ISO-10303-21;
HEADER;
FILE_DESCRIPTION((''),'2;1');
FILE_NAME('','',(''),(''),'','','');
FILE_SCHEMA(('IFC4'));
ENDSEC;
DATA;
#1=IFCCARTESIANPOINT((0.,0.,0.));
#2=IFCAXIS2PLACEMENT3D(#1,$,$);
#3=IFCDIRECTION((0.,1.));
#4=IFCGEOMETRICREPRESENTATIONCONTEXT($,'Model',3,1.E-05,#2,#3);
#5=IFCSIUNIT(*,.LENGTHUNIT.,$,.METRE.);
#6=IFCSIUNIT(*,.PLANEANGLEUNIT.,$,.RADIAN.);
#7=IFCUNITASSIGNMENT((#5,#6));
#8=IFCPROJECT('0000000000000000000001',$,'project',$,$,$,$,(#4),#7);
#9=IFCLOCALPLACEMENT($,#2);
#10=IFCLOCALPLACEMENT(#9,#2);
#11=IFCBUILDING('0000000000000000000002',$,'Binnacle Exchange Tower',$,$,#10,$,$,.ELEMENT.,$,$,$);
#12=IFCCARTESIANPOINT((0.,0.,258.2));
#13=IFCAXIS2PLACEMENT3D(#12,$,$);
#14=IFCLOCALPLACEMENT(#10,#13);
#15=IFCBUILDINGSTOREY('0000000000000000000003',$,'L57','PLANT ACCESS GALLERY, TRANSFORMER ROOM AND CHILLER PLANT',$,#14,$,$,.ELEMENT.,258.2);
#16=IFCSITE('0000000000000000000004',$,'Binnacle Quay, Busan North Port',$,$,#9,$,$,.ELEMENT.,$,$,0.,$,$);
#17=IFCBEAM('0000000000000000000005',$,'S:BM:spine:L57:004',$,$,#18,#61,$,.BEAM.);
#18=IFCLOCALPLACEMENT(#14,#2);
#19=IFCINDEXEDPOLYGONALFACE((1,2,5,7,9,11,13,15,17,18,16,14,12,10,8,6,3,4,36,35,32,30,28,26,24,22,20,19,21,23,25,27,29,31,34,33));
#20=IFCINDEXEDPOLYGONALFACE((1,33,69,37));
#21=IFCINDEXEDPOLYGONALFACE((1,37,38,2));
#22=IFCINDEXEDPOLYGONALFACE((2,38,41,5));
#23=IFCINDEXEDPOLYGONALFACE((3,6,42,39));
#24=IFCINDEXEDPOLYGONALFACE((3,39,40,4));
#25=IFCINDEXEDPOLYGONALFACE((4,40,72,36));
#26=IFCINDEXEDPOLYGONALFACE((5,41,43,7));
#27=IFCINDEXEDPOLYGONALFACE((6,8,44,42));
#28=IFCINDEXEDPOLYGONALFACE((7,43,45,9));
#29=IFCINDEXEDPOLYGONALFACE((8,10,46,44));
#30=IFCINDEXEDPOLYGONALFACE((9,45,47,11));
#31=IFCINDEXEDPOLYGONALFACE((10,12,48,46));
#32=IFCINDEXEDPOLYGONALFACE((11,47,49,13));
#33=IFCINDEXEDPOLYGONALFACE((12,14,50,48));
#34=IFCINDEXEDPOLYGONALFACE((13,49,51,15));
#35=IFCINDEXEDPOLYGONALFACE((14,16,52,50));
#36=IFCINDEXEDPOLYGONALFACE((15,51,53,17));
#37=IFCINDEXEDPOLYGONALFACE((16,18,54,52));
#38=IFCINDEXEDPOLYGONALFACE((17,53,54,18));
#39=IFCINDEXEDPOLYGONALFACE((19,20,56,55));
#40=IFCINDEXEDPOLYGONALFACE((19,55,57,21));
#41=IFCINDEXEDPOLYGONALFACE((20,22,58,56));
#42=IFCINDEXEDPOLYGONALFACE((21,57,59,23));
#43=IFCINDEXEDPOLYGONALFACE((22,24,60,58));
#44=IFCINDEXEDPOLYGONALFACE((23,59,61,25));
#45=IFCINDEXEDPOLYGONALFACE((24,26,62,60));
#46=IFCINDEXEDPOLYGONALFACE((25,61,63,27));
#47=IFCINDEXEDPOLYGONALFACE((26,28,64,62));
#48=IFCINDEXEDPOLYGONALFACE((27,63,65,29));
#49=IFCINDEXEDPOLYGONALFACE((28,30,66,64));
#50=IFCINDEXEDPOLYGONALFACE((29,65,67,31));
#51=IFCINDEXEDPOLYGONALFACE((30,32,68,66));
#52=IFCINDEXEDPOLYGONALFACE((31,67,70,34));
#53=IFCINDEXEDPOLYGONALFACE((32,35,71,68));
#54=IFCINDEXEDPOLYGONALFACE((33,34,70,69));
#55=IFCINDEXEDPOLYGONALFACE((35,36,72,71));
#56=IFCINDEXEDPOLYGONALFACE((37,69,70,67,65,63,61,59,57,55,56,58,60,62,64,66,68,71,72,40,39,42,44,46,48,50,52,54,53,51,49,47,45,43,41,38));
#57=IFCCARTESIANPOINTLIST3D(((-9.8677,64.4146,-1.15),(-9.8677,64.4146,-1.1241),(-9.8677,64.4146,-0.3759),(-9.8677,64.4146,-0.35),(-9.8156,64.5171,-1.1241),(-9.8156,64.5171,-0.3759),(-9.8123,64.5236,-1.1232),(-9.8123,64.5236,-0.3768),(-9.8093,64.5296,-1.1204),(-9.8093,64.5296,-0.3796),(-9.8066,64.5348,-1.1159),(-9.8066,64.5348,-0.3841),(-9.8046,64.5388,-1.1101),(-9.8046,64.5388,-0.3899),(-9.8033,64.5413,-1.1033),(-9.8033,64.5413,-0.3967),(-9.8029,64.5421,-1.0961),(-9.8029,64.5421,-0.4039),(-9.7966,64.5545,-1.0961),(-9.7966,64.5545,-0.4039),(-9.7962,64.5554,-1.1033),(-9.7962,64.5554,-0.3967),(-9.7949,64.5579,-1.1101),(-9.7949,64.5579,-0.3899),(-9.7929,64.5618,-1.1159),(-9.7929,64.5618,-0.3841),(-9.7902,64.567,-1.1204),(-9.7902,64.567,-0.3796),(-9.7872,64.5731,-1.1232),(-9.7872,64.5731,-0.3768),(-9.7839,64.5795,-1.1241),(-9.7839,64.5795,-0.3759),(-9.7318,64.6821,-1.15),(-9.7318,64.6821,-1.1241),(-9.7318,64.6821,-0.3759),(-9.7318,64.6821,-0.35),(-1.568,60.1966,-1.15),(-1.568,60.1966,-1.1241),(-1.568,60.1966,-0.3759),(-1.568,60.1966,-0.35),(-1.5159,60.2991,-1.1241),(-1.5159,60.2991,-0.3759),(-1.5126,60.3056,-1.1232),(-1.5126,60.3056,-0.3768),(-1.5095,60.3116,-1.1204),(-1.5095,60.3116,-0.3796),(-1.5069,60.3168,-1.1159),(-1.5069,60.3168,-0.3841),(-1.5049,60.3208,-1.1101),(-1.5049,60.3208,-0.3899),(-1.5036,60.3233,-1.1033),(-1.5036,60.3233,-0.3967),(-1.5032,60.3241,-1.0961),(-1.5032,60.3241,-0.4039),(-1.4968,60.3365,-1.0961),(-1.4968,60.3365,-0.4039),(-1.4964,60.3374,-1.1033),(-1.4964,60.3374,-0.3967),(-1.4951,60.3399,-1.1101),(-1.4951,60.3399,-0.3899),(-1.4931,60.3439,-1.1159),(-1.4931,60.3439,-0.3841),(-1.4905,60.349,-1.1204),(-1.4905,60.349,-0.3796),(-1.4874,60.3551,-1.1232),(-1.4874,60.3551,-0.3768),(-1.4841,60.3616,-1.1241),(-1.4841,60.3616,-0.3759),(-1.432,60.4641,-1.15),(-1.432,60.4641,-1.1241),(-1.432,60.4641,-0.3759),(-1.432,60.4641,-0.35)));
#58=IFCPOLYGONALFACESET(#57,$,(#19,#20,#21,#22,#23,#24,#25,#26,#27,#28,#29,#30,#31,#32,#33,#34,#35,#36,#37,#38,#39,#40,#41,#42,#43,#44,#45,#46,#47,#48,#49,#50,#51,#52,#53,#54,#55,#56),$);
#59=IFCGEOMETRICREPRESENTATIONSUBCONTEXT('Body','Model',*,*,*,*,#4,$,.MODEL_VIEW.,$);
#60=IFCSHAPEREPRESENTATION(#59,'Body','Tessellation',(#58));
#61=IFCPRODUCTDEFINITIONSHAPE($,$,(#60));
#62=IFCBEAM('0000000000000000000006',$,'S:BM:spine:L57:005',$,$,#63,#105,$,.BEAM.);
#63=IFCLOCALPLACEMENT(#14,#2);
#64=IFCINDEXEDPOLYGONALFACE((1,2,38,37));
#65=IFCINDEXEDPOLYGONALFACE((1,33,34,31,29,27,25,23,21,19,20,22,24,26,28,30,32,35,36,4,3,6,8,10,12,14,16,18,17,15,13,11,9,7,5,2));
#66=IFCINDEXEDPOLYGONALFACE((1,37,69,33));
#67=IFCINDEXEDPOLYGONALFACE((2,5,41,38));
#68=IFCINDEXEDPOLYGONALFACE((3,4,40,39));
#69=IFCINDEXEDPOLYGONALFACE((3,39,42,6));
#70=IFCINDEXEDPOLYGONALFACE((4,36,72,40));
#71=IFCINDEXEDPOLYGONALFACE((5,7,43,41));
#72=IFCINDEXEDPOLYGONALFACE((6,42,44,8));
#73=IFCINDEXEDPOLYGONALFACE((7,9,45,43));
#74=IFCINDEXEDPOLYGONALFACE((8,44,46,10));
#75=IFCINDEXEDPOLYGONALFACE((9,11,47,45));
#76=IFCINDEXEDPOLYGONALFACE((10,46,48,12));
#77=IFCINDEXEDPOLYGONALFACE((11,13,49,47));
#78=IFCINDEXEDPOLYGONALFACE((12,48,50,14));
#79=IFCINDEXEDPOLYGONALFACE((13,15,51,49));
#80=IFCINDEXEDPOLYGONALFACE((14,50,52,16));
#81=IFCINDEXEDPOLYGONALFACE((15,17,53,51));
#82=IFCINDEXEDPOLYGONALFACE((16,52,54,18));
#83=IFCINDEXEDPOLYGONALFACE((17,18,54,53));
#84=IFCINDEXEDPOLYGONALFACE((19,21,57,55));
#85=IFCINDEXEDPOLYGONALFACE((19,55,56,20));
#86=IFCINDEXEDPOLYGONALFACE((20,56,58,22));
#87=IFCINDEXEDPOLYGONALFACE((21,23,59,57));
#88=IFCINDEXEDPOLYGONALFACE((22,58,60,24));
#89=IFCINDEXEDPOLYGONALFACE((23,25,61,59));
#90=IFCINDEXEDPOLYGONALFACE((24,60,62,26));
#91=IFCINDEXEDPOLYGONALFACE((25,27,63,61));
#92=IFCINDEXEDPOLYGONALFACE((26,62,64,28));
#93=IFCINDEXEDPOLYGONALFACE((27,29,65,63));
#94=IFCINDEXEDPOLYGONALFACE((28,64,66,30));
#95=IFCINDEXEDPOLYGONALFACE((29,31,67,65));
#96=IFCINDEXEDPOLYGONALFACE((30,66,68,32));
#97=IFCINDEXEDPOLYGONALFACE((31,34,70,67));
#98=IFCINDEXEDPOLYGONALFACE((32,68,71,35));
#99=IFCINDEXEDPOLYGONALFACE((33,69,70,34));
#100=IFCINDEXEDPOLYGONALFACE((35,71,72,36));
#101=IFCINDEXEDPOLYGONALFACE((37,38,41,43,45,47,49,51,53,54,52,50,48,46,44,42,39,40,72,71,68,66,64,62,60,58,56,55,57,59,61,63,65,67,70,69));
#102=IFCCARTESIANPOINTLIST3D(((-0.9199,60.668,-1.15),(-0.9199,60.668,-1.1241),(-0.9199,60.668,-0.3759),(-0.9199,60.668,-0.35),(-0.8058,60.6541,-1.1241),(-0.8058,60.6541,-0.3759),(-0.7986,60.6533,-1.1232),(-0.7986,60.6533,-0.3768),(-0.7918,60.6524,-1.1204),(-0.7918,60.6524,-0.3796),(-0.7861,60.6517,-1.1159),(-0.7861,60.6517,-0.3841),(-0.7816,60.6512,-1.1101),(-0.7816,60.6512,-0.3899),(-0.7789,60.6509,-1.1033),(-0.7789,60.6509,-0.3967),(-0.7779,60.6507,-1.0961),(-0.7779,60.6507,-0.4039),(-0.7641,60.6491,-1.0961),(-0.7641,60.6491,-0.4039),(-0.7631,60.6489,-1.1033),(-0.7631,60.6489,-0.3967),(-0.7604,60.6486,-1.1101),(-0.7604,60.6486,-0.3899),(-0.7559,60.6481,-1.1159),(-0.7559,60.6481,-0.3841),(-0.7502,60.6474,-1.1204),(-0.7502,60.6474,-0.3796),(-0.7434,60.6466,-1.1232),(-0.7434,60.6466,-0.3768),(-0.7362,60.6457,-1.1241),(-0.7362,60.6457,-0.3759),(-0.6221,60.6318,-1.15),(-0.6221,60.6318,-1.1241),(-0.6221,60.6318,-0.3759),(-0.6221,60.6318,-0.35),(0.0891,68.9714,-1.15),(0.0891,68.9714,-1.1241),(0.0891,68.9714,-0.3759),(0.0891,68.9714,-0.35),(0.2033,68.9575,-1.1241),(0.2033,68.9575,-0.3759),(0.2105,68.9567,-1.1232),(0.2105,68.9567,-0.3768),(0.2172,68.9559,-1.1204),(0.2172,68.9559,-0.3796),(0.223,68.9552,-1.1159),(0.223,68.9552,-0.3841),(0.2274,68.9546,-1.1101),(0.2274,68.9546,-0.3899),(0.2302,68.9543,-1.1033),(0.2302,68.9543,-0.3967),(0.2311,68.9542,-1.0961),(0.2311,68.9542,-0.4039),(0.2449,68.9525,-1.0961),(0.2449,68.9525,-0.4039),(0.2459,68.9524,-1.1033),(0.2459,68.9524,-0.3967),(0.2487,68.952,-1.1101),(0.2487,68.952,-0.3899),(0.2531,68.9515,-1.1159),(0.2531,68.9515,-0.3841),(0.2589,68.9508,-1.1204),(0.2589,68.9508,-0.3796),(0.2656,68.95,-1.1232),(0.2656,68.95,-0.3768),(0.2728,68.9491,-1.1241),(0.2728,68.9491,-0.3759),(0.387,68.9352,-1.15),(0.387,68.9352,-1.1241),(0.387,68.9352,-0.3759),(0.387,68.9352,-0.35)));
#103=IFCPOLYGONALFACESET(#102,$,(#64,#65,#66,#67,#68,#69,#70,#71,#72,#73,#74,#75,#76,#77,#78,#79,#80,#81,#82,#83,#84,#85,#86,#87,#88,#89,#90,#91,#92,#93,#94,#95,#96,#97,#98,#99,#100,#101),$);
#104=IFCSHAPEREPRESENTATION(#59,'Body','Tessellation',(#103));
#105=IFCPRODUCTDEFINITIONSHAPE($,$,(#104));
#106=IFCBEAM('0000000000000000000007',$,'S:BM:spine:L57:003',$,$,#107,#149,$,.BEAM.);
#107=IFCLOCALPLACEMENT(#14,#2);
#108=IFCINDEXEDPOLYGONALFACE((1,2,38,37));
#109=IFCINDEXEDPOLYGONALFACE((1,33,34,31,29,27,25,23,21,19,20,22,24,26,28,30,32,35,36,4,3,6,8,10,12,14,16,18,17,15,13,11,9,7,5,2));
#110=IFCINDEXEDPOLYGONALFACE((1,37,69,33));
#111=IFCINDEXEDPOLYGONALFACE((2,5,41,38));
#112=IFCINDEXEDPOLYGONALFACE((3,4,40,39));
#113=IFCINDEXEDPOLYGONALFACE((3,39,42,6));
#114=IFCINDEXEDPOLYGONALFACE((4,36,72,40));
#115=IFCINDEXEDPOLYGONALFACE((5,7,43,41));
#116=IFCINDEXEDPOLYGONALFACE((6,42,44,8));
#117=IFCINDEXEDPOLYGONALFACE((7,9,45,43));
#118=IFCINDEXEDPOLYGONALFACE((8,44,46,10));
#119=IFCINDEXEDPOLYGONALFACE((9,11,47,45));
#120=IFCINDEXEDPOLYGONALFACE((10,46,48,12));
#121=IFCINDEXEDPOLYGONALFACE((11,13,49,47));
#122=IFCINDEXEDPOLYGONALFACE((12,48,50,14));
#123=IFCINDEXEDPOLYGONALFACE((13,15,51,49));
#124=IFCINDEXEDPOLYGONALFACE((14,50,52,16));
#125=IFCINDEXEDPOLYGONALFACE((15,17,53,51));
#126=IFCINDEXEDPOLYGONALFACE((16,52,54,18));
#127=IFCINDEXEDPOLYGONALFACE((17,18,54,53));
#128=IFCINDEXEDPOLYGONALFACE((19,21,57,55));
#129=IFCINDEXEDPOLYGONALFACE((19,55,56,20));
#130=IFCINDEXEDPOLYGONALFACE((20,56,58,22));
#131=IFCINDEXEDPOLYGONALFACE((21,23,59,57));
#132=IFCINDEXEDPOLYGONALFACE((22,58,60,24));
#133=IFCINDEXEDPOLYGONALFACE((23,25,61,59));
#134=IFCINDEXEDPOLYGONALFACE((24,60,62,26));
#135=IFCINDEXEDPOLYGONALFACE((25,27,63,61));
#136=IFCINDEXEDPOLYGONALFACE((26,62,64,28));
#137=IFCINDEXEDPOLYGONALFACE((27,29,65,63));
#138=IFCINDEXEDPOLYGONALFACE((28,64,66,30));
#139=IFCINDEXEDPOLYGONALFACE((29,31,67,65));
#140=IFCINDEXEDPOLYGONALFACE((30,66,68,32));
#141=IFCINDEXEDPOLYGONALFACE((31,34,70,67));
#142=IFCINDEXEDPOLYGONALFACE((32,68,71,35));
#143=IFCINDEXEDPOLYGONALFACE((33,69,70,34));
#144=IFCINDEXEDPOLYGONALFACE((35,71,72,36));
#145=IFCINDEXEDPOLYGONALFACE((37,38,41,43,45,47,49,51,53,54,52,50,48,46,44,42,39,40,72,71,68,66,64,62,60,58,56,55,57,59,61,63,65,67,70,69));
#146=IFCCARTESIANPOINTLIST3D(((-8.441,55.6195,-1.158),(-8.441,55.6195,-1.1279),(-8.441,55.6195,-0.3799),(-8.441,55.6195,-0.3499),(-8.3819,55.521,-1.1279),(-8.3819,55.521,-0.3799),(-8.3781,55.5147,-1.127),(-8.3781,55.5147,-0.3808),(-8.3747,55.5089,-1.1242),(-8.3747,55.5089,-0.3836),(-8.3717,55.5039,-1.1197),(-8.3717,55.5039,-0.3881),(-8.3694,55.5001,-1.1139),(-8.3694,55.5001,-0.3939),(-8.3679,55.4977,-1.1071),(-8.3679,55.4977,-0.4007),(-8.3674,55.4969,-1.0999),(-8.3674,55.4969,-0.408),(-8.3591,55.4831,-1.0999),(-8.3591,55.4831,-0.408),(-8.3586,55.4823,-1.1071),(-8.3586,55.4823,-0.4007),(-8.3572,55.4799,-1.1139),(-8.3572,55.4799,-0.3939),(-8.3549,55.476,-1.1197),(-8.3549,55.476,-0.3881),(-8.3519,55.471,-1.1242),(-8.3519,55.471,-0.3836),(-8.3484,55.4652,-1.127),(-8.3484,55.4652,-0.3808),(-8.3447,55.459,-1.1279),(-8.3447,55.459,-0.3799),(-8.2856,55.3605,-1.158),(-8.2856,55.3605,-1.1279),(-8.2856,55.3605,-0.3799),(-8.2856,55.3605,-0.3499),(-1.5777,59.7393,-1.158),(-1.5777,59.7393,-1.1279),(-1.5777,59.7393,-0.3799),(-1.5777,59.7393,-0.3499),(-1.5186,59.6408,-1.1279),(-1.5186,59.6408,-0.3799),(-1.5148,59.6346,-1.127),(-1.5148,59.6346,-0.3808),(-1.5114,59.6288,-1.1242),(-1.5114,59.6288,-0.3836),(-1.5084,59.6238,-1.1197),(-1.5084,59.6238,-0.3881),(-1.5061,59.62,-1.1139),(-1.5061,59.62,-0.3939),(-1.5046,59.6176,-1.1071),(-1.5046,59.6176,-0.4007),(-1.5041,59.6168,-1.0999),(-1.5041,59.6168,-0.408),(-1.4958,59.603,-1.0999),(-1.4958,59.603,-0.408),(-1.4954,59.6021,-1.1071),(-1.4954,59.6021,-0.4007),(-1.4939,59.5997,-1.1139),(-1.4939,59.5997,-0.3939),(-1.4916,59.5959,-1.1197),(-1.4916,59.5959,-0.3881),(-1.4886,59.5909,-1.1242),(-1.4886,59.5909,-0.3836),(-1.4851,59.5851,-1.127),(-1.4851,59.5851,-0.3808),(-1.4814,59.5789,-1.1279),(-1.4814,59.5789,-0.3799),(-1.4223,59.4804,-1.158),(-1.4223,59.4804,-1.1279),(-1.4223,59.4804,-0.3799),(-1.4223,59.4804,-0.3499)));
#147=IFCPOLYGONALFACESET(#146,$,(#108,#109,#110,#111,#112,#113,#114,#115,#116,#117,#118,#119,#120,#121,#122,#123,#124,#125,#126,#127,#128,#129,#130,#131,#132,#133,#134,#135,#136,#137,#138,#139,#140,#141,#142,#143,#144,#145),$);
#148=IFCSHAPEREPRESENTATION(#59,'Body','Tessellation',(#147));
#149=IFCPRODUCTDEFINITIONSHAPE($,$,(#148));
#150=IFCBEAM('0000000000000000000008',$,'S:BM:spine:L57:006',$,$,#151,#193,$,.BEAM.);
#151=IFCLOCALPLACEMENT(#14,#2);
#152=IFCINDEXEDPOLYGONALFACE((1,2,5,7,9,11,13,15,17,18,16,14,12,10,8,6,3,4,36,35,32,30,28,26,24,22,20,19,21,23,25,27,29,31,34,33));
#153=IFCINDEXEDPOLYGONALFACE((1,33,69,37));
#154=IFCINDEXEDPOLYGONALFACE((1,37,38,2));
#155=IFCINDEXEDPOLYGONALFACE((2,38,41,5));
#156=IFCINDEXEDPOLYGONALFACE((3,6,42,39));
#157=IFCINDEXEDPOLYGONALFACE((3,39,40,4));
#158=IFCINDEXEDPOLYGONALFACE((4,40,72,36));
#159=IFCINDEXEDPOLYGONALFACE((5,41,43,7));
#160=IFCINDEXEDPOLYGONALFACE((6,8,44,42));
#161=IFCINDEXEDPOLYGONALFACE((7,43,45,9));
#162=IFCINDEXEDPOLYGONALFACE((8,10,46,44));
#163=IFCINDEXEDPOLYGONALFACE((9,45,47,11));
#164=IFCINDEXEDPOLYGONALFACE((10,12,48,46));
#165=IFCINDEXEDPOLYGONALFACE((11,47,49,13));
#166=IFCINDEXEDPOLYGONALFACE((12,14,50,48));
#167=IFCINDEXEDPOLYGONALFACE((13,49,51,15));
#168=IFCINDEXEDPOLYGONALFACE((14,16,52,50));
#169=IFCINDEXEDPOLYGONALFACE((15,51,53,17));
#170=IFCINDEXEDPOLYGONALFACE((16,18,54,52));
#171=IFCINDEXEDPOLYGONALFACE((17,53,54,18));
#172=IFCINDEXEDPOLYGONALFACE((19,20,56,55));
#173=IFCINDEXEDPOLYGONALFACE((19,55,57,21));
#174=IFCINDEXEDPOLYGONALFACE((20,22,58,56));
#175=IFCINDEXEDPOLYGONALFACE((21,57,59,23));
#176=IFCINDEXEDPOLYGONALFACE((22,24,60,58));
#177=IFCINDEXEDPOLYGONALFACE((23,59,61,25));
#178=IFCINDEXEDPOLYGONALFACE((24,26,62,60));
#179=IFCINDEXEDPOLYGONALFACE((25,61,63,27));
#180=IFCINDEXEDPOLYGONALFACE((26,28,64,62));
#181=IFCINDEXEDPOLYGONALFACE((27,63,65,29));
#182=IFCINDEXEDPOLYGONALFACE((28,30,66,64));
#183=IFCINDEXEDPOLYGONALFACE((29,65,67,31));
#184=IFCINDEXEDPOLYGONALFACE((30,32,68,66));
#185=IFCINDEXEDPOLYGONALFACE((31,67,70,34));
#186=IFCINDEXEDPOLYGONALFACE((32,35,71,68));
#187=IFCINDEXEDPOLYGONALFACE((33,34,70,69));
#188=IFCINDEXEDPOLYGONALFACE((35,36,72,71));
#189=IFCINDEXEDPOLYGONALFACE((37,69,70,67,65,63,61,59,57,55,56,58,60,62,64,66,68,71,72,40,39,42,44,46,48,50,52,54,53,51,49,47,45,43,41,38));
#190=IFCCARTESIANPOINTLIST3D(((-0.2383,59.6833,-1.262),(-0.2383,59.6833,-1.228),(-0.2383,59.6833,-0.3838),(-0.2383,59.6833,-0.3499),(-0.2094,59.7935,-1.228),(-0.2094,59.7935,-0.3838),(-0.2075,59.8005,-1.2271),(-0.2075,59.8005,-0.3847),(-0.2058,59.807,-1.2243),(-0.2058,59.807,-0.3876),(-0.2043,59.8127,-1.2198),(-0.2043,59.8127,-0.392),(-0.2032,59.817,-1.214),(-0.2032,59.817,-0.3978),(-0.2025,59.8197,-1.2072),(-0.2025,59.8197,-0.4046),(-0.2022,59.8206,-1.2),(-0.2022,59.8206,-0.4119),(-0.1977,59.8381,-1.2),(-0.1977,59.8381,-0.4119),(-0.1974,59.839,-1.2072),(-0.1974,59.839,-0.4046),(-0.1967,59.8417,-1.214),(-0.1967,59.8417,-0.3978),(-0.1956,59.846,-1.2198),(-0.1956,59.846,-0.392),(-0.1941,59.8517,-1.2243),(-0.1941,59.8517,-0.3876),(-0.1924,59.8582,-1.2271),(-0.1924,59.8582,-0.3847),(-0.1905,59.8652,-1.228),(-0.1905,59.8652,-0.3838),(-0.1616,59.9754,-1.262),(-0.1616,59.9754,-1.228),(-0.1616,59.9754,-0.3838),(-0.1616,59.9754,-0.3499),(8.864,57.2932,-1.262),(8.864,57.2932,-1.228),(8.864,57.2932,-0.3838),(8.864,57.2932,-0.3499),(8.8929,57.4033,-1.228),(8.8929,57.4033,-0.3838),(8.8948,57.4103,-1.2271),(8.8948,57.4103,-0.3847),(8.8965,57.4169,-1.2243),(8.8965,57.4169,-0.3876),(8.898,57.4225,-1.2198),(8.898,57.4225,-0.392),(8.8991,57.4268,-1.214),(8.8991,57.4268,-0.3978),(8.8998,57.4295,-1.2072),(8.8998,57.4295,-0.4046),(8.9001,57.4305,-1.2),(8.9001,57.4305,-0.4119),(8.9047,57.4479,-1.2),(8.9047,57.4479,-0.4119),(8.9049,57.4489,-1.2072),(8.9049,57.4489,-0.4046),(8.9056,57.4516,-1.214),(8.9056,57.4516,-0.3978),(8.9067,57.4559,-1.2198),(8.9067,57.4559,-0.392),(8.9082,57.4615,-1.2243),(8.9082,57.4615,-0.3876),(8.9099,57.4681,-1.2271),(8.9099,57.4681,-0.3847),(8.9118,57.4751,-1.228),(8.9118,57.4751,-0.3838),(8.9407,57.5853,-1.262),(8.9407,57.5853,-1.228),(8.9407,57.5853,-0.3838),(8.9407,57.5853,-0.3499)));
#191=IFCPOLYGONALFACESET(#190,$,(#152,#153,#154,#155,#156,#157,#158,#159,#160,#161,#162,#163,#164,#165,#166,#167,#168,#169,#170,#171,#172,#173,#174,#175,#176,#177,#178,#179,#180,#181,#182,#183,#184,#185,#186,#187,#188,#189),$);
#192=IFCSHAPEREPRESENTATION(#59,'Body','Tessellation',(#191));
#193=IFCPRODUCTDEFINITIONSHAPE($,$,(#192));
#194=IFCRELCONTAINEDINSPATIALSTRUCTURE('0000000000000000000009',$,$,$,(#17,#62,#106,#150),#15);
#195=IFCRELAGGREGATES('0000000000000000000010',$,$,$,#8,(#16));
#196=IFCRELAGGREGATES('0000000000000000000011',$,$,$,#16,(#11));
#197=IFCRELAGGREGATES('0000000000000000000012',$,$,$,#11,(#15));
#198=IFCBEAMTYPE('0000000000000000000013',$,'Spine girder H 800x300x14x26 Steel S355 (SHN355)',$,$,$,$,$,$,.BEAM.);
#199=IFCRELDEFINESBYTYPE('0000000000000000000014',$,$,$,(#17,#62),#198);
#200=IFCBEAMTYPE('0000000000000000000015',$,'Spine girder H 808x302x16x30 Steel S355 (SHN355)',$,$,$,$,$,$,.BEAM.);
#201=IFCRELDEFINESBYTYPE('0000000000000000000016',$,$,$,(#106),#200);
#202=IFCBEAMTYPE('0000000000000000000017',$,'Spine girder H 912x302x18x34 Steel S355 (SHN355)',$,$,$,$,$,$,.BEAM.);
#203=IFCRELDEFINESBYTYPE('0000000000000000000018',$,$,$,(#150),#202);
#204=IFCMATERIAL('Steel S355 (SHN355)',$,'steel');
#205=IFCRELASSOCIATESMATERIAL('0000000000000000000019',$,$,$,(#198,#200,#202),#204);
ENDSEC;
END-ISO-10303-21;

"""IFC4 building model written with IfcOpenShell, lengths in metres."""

from ifc_helpers import new_model, si_unit, direction, frame, origin, origin_2d, place, context, subcontext, project, spatial, i_section, extrude, material, material_profile, profile_set, type_object, element, save


model = new_model("IFC4")

# Units and contexts
model_context = context("Model", 3, precision=1e-05, world=origin(), true_north=direction((0.0, 1.0)))
body_context = subcontext(model_context, "Body", "Model", "MODEL_VIEW")
ifc_project = project(units=[si_unit("LENGTHUNIT", "METRE"), si_unit("PLANEANGLEUNIT", "RADIAN")], contexts=[model_context])

# Site, building, storey
site_placement = place(None, origin())
site = spatial("IfcSite", under=ifc_project, at=site_placement, Name="Binnacle Quay, Busan North Port", CompositionType="ELEMENT", RefElevation=0.0)
building_placement = place(site_placement, origin())
building = spatial("IfcBuilding", under=site, at=building_placement, Name="Binnacle Exchange Tower", CompositionType="ELEMENT")
storey_placement = place(building_placement, frame((0.0, 0.0, 258.2)))
storey = spatial("IfcBuildingStorey", under=building, at=storey_placement, Name="L57", Description="PLANT ACCESS GALLERY, TRANSFORMER ROOM AND CHILLER PLANT", CompositionType="ELEMENT", Elevation=258.2)

# Shared definitions
ifc_material_1 = material(Name="Steel S355 (SHN355)", Category="steel")

# Beams
ifc_material_profile_1 = material_profile(ifc_material_1, i_section(OverallWidth=0.3, OverallDepth=0.8, WebThickness=0.0139, FlangeThickness=0.0259, FilletRadius=0.0281, at=origin_2d()), Name="H 800x300x14x26")
ifc_profile_set_1 = profile_set([ifc_material_profile_1], Name="Steel S355 (SHN355)")
beam_type_1 = type_object("IfcBeamType", Name="Spine girder H 800x300x14x26 Steel S355 (SHN355)", PredefinedType="BEAM", material=ifc_profile_set_1)
beam_1_placement = place(storey_placement, frame((-1.5, 60.3303, -0.75), z_axis=(-0.891482, 0.453057, 0.0), x_axis=(-0.453057, -0.891482, 0.0)))
element("IfcBeam", 1, at=beam_1_placement, inside=storey, type_object=beam_type_1, Name="S:BM:spine:L57:004", PredefinedType="BEAM", context=body_context, shape_type="SweptSolid", body=[
    extrude(i_section(OverallWidth=0.3, OverallDepth=0.8, WebThickness=0.0139, FlangeThickness=0.0259, FilletRadius=0.0281, at=origin_2d()), origin(), (0.0, 0.0, 1.0), 9.3101),
])
beam_2_placement = place(storey_placement, frame((-0.771, 60.6499, -0.75), z_axis=(0.120632, 0.992697, 0.0), x_axis=(-0.992697, 0.120632, 0.0)))
element("IfcBeam", 2, at=beam_2_placement, inside=storey, type_object=beam_type_1, Name="S:BM:spine:L57:005", PredefinedType="BEAM", context=body_context, shape_type="SweptSolid", body=[
    extrude(i_section(OverallWidth=0.3, OverallDepth=0.8, WebThickness=0.0139, FlangeThickness=0.0259, FilletRadius=0.0281, at=origin_2d()), origin(), (0.0, 0.0, 1.0), 8.3645),
])
ifc_material_profile_2 = material_profile(ifc_material_1, i_section(OverallWidth=0.302, OverallDepth=0.8081, WebThickness=0.0161, FlangeThickness=0.03, FilletRadius=0.0281, at=origin_2d()), Name="H 808x302x16x30")
ifc_profile_set_2 = profile_set([ifc_material_profile_2], Name="Steel S355 (SHN355)")
beam_type_2 = type_object("IfcBeamType", Name="Spine girder H 808x302x16x30 Steel S355 (SHN355)", PredefinedType="BEAM", material=ifc_profile_set_2)
beam_3_placement = place(storey_placement, frame((-8.3633, 55.49, -0.7539), z_axis=(0.857388, 0.514671, 0.0), x_axis=(-0.514671, 0.857388, 0.0)))
element("IfcBeam", 3, at=beam_3_placement, inside=storey, type_object=beam_type_2, Name="S:BM:spine:L57:003", PredefinedType="BEAM", context=body_context, shape_type="SweptSolid", body=[
    extrude(i_section(OverallWidth=0.302, OverallDepth=0.8081, WebThickness=0.0161, FlangeThickness=0.03, FilletRadius=0.0281, at=origin_2d()), origin(), (0.0, 0.0, 1.0), 8.0049),
])
ifc_material_profile_3 = material_profile(ifc_material_1, i_section(OverallWidth=0.302, OverallDepth=0.9121, WebThickness=0.0181, FlangeThickness=0.0339, FilletRadius=0.0281, at=origin_2d()), Name="H 912x302x18x34")
ifc_profile_set_3 = profile_set([ifc_material_profile_3], Name="Steel S355 (SHN355)")
beam_type_3 = type_object("IfcBeamType", Name="Spine girder H 912x302x18x34 Steel S355 (SHN355)", PredefinedType="BEAM", material=ifc_profile_set_3)
beam_4_placement = place(storey_placement, frame((-0.2, 59.8293, -0.8059), z_axis=(0.96721, -0.253976, 0.0), x_axis=(0.253976, 0.96721, 0.0)))
element("IfcBeam", 4, at=beam_4_placement, inside=storey, type_object=beam_type_3, Name="S:BM:spine:L57:006", PredefinedType="BEAM", context=body_context, shape_type="SweptSolid", body=[
    extrude(i_section(OverallWidth=0.302, OverallDepth=0.9121, WebThickness=0.0181, FlangeThickness=0.0339, FilletRadius=0.0281, at=origin_2d()), origin(), (0.0, 0.0, 1.0), 9.4109),
])

save(model, "model.ifc")
